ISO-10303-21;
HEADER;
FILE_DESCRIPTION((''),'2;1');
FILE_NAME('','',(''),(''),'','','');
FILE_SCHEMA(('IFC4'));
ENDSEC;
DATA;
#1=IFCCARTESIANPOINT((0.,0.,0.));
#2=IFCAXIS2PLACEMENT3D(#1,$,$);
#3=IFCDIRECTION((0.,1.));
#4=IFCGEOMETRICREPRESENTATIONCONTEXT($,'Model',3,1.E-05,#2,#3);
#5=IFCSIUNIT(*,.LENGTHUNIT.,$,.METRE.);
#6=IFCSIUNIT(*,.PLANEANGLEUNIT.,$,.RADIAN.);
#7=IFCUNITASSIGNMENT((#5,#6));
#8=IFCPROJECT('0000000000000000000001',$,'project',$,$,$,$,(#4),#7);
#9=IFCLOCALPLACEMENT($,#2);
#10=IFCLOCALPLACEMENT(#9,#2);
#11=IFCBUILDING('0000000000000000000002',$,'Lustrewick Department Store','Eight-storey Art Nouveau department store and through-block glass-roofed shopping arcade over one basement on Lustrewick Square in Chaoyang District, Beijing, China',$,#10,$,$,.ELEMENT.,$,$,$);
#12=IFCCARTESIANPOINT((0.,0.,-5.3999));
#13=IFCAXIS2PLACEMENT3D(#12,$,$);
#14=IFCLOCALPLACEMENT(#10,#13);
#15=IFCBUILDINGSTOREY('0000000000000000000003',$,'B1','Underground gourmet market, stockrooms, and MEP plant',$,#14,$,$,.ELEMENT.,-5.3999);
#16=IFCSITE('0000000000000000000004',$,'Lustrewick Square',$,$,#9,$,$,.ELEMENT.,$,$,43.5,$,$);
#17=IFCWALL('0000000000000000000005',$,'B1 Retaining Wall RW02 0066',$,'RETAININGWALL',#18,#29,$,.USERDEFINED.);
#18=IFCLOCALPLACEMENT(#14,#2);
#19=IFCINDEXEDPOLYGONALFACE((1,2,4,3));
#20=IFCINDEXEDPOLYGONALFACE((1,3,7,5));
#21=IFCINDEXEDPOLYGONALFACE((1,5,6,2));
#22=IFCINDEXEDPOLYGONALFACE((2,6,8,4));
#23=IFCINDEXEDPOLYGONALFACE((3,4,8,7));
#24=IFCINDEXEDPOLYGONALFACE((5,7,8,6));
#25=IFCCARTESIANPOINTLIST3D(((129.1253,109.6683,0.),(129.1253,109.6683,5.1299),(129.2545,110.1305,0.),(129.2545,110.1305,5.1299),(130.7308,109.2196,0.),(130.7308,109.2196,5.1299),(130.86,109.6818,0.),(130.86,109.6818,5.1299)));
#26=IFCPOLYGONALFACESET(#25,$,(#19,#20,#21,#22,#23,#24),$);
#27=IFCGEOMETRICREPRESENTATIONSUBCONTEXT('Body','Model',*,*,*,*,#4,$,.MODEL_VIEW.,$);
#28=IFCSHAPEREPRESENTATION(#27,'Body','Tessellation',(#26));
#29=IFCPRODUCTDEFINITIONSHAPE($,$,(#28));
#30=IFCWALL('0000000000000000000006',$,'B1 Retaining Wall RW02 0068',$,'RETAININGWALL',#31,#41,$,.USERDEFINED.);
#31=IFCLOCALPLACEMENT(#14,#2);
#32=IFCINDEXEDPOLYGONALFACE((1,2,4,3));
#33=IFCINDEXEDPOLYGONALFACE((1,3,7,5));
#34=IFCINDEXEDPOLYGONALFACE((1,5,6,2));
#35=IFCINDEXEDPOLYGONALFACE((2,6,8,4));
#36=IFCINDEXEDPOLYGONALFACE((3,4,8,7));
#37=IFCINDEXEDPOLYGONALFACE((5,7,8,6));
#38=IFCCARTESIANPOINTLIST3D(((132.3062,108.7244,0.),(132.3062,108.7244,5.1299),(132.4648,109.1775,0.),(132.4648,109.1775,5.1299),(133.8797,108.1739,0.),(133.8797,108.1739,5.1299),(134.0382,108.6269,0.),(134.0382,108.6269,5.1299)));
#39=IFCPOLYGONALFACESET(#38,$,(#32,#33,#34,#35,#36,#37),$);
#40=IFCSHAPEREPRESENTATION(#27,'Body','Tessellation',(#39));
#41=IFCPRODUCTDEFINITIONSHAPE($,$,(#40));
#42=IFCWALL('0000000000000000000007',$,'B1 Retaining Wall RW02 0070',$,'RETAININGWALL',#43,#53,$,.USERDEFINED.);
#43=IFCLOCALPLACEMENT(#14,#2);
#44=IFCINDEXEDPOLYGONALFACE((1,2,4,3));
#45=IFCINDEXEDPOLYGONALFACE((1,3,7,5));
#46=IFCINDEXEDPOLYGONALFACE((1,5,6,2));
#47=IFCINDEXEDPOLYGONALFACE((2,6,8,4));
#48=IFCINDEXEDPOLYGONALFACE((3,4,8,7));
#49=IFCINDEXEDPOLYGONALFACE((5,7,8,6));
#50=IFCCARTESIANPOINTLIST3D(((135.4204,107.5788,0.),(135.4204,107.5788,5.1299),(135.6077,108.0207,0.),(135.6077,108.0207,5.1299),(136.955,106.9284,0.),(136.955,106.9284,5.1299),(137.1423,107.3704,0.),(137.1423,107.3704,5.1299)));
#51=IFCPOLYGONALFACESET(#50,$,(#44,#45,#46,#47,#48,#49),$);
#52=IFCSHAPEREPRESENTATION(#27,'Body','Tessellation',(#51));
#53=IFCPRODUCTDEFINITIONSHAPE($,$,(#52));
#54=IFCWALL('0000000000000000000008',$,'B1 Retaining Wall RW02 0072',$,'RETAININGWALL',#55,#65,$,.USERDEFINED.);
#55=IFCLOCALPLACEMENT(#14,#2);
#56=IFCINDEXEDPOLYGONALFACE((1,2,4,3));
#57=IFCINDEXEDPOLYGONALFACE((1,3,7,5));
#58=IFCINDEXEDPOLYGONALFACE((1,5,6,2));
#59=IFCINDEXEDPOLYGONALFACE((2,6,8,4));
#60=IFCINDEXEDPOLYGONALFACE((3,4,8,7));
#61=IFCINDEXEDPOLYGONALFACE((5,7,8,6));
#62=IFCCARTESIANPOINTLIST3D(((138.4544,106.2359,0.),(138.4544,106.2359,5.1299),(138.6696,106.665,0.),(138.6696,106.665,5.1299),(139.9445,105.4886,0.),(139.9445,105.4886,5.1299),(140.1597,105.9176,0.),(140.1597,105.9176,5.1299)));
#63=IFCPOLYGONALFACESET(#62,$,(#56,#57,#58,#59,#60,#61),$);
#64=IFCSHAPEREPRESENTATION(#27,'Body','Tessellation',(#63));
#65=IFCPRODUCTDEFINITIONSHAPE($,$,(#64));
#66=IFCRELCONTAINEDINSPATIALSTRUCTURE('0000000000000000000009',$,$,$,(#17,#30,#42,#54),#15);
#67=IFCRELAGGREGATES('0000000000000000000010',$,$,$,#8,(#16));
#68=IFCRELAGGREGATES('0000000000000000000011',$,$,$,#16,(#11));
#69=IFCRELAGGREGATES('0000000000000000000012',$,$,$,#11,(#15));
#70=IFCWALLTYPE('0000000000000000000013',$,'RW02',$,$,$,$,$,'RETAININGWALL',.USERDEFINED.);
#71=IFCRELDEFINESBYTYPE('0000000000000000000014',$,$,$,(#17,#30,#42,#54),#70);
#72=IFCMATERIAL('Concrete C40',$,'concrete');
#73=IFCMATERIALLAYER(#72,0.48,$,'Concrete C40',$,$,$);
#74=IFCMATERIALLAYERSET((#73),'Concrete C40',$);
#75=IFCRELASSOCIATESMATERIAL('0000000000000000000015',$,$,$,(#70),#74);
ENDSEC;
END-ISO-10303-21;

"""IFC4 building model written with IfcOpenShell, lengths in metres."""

from ifc_helpers import new_model, si_unit, direction, frame, frame_2d, origin, place, context, subcontext, project, spatial, rectangle, extrude, material, layer, layer_set, type_object, element, save


model = new_model("IFC4")

# Units and contexts
model_context = context("Model", 3, precision=1e-05, world=origin(), true_north=direction((0.0, 1.0)))
body_context = subcontext(model_context, "Body", "Model", "MODEL_VIEW")
ifc_project = project(units=[si_unit("LENGTHUNIT", "METRE"), si_unit("PLANEANGLEUNIT", "RADIAN")], contexts=[model_context])

# Site, building, storey
site_placement = place(None, origin())
site = spatial("IfcSite", under=ifc_project, at=site_placement, Name="Lustrewick Square", CompositionType="ELEMENT", RefElevation=43.5)
building_placement = place(site_placement, origin())
building = spatial("IfcBuilding", under=site, at=building_placement, Name="Lustrewick Department Store", Description="Eight-storey Art Nouveau department store and through-block glass-roofed shopping arcade over one basement on Lustrewick Square in Chaoyang District, Beijing, China", CompositionType="ELEMENT")
storey_placement = place(building_placement, frame((0.0, 0.0, -5.3999)))
storey = spatial("IfcBuildingStorey", under=building, at=storey_placement, Name="B1", Description="Underground gourmet market, stockrooms, and MEP plant", CompositionType="ELEMENT", Elevation=-5.3999)

# Shared definitions
ifc_material_1 = material(Name="Concrete C40", Category="concrete")

# Walls
ifc_layer_1 = layer(ifc_material_1, 0.48, Name="Concrete C40")
ifc_layer_set_1 = layer_set([ifc_layer_1], Name="Concrete C40")
wall_type_1 = type_object("IfcWallType", Name="RW02", ElementType="RETAININGWALL", PredefinedType="USERDEFINED", material=ifc_layer_set_1)
for number, where, z_axis, x_axis, name in (
    (1, (129.1899, 109.8994, 0.0), (0.0, 0.0, 1.0), (0.963089, -0.269184, 0.0), "B1 Retaining Wall RW02 0066"),
    (2, (132.3855, 108.9509, 0.0), (0.0, 0.0, 1.0), (0.943893, -0.330253, 0.0), "B1 Retaining Wall RW02 0068"),
):
    element("IfcWall", number, at=place(storey_placement, frame(where, z_axis=z_axis, x_axis=x_axis)), inside=storey, type_object=wall_type_1, Name=name, ObjectType="RETAININGWALL", PredefinedType="USERDEFINED", context=body_context, shape_type="SweptSolid", body=[
        extrude(rectangle(XDim=1.667, YDim=0.48, at=frame_2d((0.8335, 0.0))), origin(), (0.0, 0.0, 1.0), 5.1299),
    ])
wall_1_placement = place(storey_placement, frame((135.5139, 107.7998, 0.0), z_axis=(0.0, 0.0, 1.0), x_axis=(0.920729, -0.390204, 0.0)))
element("IfcWall", 3, at=wall_1_placement, inside=storey, type_object=wall_type_1, Name="B1 Retaining Wall RW02 0070", ObjectType="RETAININGWALL", PredefinedType="USERDEFINED", context=body_context, shape_type="SweptSolid", body=[
    extrude(rectangle(XDim=1.6667, YDim=0.48, at=frame_2d((0.8335, 0.0))), origin(), (0.0, 0.0, 1.0), 5.1299),
])
wall_2_placement = place(storey_placement, frame((138.562, 106.4504, 0.0), z_axis=(0.0, 0.0, 1.0), x_axis=(0.89387, -0.448326, 0.0)))
element("IfcWall", 4, at=wall_2_placement, inside=storey, type_object=wall_type_1, Name="B1 Retaining Wall RW02 0072", ObjectType="RETAININGWALL", PredefinedType="USERDEFINED", context=body_context, shape_type="SweptSolid", body=[
    extrude(rectangle(XDim=1.667, YDim=0.48, at=frame_2d((0.8335, 0.0))), origin(), (0.0, 0.0, 1.0), 5.1299),
])

save(model, "model.ifc")
